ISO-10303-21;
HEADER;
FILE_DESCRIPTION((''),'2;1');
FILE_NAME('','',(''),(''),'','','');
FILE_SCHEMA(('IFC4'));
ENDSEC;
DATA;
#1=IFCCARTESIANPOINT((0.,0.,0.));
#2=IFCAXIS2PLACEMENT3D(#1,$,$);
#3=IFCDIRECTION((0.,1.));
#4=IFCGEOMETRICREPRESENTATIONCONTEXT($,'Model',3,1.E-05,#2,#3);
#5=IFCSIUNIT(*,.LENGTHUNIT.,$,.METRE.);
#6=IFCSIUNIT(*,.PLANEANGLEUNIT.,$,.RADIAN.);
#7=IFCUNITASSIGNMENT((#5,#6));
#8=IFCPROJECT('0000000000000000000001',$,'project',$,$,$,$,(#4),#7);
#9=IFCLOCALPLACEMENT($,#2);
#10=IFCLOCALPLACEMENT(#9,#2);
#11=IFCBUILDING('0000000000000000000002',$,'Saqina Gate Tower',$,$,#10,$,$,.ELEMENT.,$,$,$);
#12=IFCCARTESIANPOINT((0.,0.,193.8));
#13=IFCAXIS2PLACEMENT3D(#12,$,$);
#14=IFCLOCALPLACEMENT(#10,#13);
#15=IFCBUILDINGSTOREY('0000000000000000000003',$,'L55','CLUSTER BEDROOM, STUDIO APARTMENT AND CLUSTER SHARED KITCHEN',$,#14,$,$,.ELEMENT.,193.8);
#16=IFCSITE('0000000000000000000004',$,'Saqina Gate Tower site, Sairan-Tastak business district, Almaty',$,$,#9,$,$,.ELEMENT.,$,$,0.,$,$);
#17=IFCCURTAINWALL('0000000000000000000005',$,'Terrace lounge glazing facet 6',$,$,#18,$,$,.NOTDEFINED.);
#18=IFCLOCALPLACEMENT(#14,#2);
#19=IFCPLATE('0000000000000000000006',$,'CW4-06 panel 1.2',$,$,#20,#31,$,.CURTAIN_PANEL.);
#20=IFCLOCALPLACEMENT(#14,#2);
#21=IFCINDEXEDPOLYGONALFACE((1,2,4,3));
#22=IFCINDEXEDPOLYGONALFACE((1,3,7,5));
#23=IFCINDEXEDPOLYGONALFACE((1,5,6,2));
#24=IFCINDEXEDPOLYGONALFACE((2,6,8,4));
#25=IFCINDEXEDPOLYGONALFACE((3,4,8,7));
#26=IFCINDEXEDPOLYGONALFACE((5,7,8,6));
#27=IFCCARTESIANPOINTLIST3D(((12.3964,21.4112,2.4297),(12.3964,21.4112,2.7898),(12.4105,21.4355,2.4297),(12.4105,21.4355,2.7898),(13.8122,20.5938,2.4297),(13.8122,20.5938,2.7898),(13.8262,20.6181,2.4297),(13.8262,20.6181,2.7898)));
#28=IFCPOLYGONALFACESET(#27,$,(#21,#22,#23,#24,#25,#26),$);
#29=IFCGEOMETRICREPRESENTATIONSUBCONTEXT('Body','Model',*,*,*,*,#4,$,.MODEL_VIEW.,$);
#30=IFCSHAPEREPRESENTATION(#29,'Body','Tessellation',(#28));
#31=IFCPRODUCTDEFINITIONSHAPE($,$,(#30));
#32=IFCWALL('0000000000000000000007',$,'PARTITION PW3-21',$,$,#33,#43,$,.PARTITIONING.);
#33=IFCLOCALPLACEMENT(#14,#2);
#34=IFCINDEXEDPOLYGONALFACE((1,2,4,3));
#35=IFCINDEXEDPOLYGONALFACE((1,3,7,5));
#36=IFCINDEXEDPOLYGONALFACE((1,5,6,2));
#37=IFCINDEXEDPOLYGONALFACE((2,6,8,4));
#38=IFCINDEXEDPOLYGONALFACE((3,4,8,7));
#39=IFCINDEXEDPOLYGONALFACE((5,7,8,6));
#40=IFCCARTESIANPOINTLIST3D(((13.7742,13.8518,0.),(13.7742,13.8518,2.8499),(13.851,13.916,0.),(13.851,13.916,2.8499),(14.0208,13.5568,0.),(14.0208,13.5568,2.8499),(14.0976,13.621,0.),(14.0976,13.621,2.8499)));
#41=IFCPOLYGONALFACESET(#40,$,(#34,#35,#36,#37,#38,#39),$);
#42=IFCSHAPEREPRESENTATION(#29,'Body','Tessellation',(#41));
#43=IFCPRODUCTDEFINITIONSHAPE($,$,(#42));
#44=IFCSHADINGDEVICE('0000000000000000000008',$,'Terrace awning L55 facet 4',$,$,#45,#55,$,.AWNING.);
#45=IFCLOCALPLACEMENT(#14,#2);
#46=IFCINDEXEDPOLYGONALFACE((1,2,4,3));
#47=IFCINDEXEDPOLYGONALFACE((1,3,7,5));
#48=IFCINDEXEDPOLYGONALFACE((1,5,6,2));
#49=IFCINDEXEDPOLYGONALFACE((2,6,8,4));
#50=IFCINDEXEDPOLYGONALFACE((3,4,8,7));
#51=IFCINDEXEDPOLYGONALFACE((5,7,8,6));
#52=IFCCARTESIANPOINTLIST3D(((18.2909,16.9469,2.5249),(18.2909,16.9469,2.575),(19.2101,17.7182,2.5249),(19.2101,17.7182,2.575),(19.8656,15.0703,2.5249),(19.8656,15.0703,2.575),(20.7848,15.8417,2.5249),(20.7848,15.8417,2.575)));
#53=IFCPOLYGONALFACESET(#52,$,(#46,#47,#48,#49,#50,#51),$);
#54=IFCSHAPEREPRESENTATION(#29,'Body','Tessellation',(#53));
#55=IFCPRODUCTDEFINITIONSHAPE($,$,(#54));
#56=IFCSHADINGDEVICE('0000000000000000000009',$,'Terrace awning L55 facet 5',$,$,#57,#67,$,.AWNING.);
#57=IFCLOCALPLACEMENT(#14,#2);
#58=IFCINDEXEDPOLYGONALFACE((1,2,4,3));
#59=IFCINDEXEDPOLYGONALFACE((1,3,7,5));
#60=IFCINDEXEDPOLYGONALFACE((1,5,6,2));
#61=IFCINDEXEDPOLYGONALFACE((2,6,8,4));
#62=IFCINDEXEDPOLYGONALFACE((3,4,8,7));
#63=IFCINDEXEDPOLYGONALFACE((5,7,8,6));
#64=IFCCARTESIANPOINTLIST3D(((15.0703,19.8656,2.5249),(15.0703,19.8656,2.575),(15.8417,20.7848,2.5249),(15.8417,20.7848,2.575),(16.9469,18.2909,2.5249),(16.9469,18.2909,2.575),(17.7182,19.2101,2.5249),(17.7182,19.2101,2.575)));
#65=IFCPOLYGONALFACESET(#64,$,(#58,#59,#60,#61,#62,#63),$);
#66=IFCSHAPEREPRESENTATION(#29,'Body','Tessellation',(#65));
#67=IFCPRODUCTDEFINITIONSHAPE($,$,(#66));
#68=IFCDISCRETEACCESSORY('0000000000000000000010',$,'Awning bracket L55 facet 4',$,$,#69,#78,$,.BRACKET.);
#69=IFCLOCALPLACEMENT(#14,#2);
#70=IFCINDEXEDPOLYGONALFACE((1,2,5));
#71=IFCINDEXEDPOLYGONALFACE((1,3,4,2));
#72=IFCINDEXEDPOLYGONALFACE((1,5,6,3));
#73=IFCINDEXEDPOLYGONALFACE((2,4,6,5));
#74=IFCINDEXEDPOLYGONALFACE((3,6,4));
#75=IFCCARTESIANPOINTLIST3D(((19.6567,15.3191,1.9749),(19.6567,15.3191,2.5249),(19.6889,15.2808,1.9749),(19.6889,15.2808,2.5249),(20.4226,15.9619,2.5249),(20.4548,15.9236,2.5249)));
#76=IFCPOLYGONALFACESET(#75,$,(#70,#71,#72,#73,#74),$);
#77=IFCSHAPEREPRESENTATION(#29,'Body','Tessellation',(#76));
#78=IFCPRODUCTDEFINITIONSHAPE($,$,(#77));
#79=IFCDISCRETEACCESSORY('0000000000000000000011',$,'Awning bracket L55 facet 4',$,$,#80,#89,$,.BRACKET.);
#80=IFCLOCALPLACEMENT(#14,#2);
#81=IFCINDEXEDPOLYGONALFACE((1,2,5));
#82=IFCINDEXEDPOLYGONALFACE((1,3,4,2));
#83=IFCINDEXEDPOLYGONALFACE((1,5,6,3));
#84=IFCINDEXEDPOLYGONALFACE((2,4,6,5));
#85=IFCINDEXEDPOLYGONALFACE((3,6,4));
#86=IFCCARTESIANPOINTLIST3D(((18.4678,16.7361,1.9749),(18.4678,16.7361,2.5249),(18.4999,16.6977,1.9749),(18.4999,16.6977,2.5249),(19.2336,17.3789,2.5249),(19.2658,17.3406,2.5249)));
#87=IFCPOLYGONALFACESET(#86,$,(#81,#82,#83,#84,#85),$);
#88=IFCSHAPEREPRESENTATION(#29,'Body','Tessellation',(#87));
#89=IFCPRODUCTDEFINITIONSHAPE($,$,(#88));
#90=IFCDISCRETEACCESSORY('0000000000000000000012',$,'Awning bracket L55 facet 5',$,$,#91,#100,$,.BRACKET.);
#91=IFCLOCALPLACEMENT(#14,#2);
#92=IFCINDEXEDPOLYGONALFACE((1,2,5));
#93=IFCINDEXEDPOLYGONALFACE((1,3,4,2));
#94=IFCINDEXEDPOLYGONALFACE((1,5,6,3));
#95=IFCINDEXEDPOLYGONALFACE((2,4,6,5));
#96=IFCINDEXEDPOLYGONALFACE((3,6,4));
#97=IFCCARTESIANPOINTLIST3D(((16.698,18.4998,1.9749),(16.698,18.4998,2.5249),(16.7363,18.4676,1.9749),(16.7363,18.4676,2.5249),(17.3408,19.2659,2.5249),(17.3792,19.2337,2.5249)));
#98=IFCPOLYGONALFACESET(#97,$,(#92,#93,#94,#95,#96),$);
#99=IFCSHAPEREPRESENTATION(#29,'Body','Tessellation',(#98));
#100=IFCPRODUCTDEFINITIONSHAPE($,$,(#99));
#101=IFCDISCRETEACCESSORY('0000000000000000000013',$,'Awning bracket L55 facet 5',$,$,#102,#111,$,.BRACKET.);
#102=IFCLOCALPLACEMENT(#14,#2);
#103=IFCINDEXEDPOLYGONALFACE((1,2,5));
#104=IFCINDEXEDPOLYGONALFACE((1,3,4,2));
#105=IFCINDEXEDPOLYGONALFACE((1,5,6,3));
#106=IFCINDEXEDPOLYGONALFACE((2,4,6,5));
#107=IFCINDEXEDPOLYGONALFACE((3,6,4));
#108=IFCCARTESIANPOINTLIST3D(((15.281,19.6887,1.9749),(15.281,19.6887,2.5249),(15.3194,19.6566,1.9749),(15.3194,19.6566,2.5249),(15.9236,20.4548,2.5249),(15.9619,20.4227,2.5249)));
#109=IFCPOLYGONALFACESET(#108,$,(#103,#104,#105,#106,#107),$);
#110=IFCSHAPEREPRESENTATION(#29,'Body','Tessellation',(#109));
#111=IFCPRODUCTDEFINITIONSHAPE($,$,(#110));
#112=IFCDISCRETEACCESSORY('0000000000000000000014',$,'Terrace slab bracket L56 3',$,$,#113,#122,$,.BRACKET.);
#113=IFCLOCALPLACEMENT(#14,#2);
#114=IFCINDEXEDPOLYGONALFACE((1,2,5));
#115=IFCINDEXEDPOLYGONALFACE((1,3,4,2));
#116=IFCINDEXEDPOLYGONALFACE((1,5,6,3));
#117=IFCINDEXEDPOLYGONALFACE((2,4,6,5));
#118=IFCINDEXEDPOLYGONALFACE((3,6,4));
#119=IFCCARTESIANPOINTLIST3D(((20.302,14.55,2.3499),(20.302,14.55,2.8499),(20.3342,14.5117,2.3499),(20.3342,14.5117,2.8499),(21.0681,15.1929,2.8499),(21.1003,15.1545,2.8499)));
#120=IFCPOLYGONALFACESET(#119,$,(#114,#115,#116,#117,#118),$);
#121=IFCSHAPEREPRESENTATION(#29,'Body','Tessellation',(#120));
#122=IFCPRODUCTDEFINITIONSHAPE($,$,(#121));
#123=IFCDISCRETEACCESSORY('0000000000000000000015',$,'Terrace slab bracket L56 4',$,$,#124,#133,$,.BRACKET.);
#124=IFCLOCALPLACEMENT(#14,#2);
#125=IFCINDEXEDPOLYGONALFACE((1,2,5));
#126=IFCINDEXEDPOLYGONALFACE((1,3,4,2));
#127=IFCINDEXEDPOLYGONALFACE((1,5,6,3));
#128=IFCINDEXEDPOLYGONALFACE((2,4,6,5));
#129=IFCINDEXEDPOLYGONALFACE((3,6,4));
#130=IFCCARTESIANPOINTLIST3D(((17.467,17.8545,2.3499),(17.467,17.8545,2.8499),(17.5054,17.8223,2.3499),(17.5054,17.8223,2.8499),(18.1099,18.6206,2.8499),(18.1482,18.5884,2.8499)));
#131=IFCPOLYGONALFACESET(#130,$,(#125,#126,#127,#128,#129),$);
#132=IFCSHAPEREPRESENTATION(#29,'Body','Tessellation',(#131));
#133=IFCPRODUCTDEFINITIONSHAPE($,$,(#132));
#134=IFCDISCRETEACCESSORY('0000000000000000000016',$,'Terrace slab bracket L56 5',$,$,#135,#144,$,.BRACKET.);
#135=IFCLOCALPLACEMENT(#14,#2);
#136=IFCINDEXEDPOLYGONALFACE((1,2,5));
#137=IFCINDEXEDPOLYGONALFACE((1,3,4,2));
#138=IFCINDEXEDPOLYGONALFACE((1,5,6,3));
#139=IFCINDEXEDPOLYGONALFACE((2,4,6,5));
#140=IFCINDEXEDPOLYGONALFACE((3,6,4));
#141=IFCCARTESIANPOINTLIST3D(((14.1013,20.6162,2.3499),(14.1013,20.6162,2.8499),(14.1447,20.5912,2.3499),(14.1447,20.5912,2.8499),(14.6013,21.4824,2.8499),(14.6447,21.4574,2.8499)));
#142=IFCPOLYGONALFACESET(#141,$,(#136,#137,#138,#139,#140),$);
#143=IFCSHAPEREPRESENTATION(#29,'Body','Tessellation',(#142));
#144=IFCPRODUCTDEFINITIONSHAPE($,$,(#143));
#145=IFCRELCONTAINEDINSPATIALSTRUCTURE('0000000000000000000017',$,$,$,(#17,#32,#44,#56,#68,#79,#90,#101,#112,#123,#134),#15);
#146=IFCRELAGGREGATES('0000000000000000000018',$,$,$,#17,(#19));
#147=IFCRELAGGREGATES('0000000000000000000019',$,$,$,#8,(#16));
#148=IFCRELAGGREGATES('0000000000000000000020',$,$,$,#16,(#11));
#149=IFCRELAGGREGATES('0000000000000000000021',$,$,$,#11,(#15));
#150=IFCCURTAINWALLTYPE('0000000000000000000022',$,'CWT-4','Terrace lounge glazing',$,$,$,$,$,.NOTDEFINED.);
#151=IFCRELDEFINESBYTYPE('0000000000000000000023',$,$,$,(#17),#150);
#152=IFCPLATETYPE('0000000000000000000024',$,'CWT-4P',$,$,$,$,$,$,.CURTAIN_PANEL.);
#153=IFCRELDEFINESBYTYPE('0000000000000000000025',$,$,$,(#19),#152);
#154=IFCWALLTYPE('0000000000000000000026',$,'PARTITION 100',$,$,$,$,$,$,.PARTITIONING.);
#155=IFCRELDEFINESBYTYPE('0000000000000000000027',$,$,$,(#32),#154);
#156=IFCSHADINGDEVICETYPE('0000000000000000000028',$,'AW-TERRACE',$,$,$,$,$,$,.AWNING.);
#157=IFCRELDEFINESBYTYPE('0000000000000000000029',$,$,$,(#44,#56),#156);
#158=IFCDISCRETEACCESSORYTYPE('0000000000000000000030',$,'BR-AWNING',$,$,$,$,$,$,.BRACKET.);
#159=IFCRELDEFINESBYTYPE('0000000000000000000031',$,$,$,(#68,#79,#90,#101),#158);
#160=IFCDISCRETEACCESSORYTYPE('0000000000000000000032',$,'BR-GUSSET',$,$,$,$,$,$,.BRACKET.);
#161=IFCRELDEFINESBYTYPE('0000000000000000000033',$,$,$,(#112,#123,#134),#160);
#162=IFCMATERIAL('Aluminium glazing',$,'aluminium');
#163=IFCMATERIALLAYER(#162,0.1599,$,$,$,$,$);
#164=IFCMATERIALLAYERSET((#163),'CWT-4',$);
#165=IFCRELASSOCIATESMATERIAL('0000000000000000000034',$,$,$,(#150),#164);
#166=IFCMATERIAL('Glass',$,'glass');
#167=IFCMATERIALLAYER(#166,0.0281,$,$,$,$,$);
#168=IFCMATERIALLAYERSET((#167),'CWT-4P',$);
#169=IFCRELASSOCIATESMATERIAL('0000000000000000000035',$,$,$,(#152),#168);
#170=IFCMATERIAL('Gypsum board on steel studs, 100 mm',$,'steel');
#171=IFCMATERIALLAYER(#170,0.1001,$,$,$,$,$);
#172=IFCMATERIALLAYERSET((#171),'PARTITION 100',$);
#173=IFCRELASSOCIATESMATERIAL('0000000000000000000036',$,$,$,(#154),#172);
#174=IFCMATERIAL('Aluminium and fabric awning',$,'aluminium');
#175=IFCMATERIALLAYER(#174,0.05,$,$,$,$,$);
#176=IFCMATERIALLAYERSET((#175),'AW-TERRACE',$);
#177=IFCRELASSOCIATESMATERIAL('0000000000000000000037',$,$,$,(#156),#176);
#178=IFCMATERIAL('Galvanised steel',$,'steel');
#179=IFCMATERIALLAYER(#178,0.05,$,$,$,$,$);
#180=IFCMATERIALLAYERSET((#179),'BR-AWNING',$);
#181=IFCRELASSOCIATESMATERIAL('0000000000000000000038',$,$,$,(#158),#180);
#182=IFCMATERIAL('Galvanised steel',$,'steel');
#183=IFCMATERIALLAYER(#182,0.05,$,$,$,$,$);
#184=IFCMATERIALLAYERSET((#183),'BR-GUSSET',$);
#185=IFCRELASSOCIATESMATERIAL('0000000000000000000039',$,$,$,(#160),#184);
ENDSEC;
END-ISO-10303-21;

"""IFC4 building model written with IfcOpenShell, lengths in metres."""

from ifc_helpers import new_model, si_unit, direction, frame, frame_2d, origin, origin_2d, place, context, subcontext, project, spatial, polyline, rectangle, outline, extrude, material, layer, layer_set, type_object, element, aggregate, save


model = new_model("IFC4")

# Units and contexts
model_context = context("Model", 3, precision=1e-05, world=origin(), true_north=direction((0.0, 1.0)))
body_context = subcontext(model_context, "Body", "Model", "MODEL_VIEW")
ifc_project = project(units=[si_unit("LENGTHUNIT", "METRE"), si_unit("PLANEANGLEUNIT", "RADIAN")], contexts=[model_context])

# Site, building, storey
site_placement = place(None, origin())
site = spatial("IfcSite", under=ifc_project, at=site_placement, Name="Saqina Gate Tower site, Sairan-Tastak business district, Almaty", CompositionType="ELEMENT", RefElevation=0.0)
building_placement = place(site_placement, origin())
building = spatial("IfcBuilding", under=site, at=building_placement, Name="Saqina Gate Tower", CompositionType="ELEMENT")
storey_placement = place(building_placement, frame((0.0, 0.0, 193.8)))
storey = spatial("IfcBuildingStorey", under=building, at=storey_placement, Name="L55", Description="CLUSTER BEDROOM, STUDIO APARTMENT AND CLUSTER SHARED KITCHEN", CompositionType="ELEMENT", Elevation=193.8)

# Curtain wall
ifc_material_1 = material(Name="Aluminium glazing", Category="aluminium")
ifc_layer_1 = layer(ifc_material_1, 0.1599)
ifc_layer_set_1 = layer_set([ifc_layer_1], Name="CWT-4")
curtain_wall_type = type_object("IfcCurtainWallType", Name="CWT-4", Description="Terrace lounge glazing", PredefinedType="NOTDEFINED", material=ifc_layer_set_1)
curtain_wall_1_placement = place(storey_placement, origin())
curtain_wall_1 = element("IfcCurtainWall", 1, at=curtain_wall_1_placement, inside=storey, type_object=curtain_wall_type, Name="Terrace lounge glazing facet 6", PredefinedType="NOTDEFINED")

# Plate
ifc_material_2 = material(Name="Glass", Category="glass")
ifc_layer_2 = layer(ifc_material_2, 0.0281)
ifc_layer_set_2 = layer_set([ifc_layer_2], Name="CWT-4P")
plate_type = type_object("IfcPlateType", Name="CWT-4P", PredefinedType="CURTAIN_PANEL", material=ifc_layer_set_2)
plate_1_placement = place(storey_placement, frame((13.1113, 21.0146, 2.4297), z_axis=(0.0, 0.0, 1.0), x_axis=(-0.866017, 0.500014, 0.0)))
plate_1 = element("IfcPlate", 2, at=plate_1_placement, type_object=plate_type, Name="CW4-06 panel 1.2", PredefinedType="CURTAIN_PANEL", context=body_context, shape_type="SweptSolid", body=[
    extrude(rectangle(XDim=1.6348, YDim=0.0281, at=origin_2d()), origin(), (0.0, 0.0, 1.0), 0.3601),
])
aggregate(curtain_wall_1, [plate_1])

# Wall
ifc_material_3 = material(Name="Gypsum board on steel studs, 100 mm", Category="steel")
ifc_layer_3 = layer(ifc_material_3, 0.1001)
ifc_layer_set_3 = layer_set([ifc_layer_3], Name="PARTITION 100")
wall_type_1 = type_object("IfcWallType", Name="PARTITION 100", PredefinedType="PARTITIONING", material=ifc_layer_set_3)
wall_1_placement = place(storey_placement, frame((13.8125, 13.884, 0.0), z_axis=(0.0, 0.0, 1.0), x_axis=(0.641433, -0.767179, 0.0)))
element("IfcWall", 3, at=wall_1_placement, inside=storey, type_object=wall_type_1, Name="PARTITION PW3-21", PredefinedType="PARTITIONING", context=body_context, shape_type="SweptSolid", body=[
    extrude(rectangle(XDim=0.3845, YDim=0.1001, at=frame_2d((0.1924, 0.0))), origin(), (0.0, 0.0, 1.0), 2.8499),
])

# Shading devices
ifc_material_4 = material(Name="Aluminium and fabric awning", Category="aluminium")
ifc_layer_4 = layer(ifc_material_4, 0.05)
ifc_layer_set_4 = layer_set([ifc_layer_4], Name="AW-TERRACE")
shading_device_type = type_object("IfcShadingDeviceType", Name="AW-TERRACE", PredefinedType="AWNING", material=ifc_layer_set_4)
for number, where, z_axis, x_axis, name in (
    (4, (19.5378, 16.3943, 2.5249), (0.0, 0.0, 1.0), (-0.642788, 0.766044, 0.0), "Terrace awning L55 facet 4"),
    (5, (16.3943, 19.5378, 2.5249), (0.0, 0.0, 1.0), (-0.766044, 0.642788, 0.0), "Terrace awning L55 facet 5"),
):
    element("IfcShadingDevice", number, at=place(storey_placement, frame(where, z_axis=z_axis, x_axis=x_axis)), inside=storey, type_object=shading_device_type, Name=name, PredefinedType="AWNING", context=body_context, shape_type="SweptSolid", body=[
        extrude(rectangle(XDim=2.4497, YDim=1.2, at=origin_2d()), origin(), (0.0, 0.0, 1.0), 0.05),
    ])

# Discrete accessories
ifc_material_5 = material(Name="Galvanised steel", Category="steel")
ifc_layer_5 = layer(ifc_material_5, 0.05)
ifc_layer_set_5 = layer_set([ifc_layer_5], Name="BR-AWNING")
discrete_accessory_type_1 = type_object("IfcDiscreteAccessoryType", Name="BR-AWNING", PredefinedType="BRACKET", material=ifc_layer_set_5)
for number, where, z_axis, x_axis, name in (
    (6, (19.6567, 15.3191, 1.9749), (-0.642894, 0.765955, 0.0), (0.0, 0.0, 1.0), "Awning bracket L55 facet 4"),
    (7, (18.4678, 16.7361, 1.9749), (-0.642894, 0.765955, 0.0), (0.0, 0.0, 1.0), "Awning bracket L55 facet 4"),
):
    element("IfcDiscreteAccessory", number, at=place(storey_placement, frame(where, z_axis=z_axis, x_axis=x_axis)), inside=storey, type_object=discrete_accessory_type_1, Name=name, PredefinedType="BRACKET", context=body_context, shape_type="SweptSolid", body=[
        extrude(outline(polyline([(0.0, 0.0), (0.55, 0.0), (0.55, 0.9999), (0.0, 0.0)])), origin(), (0.0, 0.0, -1.0), 0.05),
    ])
discrete_accessory_1_placement = place(storey_placement, frame((16.698, 18.4998, 1.9749), z_axis=(-0.766056, 0.642774, 0.0), x_axis=(0.0, 0.0, 1.0)))
element("IfcDiscreteAccessory", 8, at=discrete_accessory_1_placement, inside=storey, type_object=discrete_accessory_type_1, Name="Awning bracket L55 facet 5", PredefinedType="BRACKET", context=body_context, shape_type="SweptSolid", body=[
    extrude(outline(polyline([(0.0, 0.0), (0.55, 0.0), (0.55, 1.0001), (0.0, 0.0)])), origin(), (0.0, 0.0, -1.0), 0.05),
])
discrete_accessory_2_placement = place(storey_placement, frame((15.281, 19.6887, 1.9749), z_axis=(-0.766176, 0.642631, 0.0), x_axis=(0.0, 0.0, 1.0)))
element("IfcDiscreteAccessory", 9, at=discrete_accessory_2_placement, inside=storey, type_object=discrete_accessory_type_1, Name="Awning bracket L55 facet 5", PredefinedType="BRACKET", context=body_context, shape_type="SweptSolid", body=[
    extrude(outline(polyline([(0.0, 0.0), (0.55, 0.0), (0.55, 0.9999), (0.0, 0.0)])), origin(), (0.0, 0.0, -1.0), 0.05),
])
ifc_material_6 = material(Name="Galvanised steel", Category="steel")
ifc_layer_6 = layer(ifc_material_6, 0.05)
ifc_layer_set_6 = layer_set([ifc_layer_6], Name="BR-GUSSET")
discrete_accessory_type_2 = type_object("IfcDiscreteAccessoryType", Name="BR-GUSSET", PredefinedType="BRACKET", material=ifc_layer_set_6)
for number, where, z_axis, x_axis, name in (
    (10, (20.302, 14.55, 2.3499), (-0.642774, 0.766056, 0.0), (0.0, 0.0, 1.0), "Terrace slab bracket L56 3"),
    (11, (17.467, 17.8545, 2.3499), (-0.766056, 0.642774, 0.0), (0.0, 0.0, 1.0), "Terrace slab bracket L56 4"),
):
    element("IfcDiscreteAccessory", number, at=place(storey_placement, frame(where, z_axis=z_axis, x_axis=x_axis)), inside=storey, type_object=discrete_accessory_type_2, Name=name, PredefinedType="BRACKET", context=body_context, shape_type="SweptSolid", body=[
        extrude(outline(polyline([(0.0, 0.0), (0.5, 0.0), (0.5, 1.0001), (0.0, 0.0)])), origin(), (0.0, 0.0, -1.0), 0.05),
    ])
discrete_accessory_3_placement = place(storey_placement, frame((14.1013, 20.6162, 2.3499), z_axis=(-0.866072, 0.49992, 0.0), x_axis=(0.0, 0.0, 1.0)))
element("IfcDiscreteAccessory", 12, at=discrete_accessory_3_placement, inside=storey, type_object=discrete_accessory_type_2, Name="Terrace slab bracket L56 5", PredefinedType="BRACKET", context=body_context, shape_type="SweptSolid", body=[
    extrude(outline(polyline([(0.0, 0.0), (0.5, 0.0), (0.5, 1.0002), (0.0, 0.0)])), origin(), (0.0, 0.0, -1.0), 0.05),
])

save(model, "model.ifc")
